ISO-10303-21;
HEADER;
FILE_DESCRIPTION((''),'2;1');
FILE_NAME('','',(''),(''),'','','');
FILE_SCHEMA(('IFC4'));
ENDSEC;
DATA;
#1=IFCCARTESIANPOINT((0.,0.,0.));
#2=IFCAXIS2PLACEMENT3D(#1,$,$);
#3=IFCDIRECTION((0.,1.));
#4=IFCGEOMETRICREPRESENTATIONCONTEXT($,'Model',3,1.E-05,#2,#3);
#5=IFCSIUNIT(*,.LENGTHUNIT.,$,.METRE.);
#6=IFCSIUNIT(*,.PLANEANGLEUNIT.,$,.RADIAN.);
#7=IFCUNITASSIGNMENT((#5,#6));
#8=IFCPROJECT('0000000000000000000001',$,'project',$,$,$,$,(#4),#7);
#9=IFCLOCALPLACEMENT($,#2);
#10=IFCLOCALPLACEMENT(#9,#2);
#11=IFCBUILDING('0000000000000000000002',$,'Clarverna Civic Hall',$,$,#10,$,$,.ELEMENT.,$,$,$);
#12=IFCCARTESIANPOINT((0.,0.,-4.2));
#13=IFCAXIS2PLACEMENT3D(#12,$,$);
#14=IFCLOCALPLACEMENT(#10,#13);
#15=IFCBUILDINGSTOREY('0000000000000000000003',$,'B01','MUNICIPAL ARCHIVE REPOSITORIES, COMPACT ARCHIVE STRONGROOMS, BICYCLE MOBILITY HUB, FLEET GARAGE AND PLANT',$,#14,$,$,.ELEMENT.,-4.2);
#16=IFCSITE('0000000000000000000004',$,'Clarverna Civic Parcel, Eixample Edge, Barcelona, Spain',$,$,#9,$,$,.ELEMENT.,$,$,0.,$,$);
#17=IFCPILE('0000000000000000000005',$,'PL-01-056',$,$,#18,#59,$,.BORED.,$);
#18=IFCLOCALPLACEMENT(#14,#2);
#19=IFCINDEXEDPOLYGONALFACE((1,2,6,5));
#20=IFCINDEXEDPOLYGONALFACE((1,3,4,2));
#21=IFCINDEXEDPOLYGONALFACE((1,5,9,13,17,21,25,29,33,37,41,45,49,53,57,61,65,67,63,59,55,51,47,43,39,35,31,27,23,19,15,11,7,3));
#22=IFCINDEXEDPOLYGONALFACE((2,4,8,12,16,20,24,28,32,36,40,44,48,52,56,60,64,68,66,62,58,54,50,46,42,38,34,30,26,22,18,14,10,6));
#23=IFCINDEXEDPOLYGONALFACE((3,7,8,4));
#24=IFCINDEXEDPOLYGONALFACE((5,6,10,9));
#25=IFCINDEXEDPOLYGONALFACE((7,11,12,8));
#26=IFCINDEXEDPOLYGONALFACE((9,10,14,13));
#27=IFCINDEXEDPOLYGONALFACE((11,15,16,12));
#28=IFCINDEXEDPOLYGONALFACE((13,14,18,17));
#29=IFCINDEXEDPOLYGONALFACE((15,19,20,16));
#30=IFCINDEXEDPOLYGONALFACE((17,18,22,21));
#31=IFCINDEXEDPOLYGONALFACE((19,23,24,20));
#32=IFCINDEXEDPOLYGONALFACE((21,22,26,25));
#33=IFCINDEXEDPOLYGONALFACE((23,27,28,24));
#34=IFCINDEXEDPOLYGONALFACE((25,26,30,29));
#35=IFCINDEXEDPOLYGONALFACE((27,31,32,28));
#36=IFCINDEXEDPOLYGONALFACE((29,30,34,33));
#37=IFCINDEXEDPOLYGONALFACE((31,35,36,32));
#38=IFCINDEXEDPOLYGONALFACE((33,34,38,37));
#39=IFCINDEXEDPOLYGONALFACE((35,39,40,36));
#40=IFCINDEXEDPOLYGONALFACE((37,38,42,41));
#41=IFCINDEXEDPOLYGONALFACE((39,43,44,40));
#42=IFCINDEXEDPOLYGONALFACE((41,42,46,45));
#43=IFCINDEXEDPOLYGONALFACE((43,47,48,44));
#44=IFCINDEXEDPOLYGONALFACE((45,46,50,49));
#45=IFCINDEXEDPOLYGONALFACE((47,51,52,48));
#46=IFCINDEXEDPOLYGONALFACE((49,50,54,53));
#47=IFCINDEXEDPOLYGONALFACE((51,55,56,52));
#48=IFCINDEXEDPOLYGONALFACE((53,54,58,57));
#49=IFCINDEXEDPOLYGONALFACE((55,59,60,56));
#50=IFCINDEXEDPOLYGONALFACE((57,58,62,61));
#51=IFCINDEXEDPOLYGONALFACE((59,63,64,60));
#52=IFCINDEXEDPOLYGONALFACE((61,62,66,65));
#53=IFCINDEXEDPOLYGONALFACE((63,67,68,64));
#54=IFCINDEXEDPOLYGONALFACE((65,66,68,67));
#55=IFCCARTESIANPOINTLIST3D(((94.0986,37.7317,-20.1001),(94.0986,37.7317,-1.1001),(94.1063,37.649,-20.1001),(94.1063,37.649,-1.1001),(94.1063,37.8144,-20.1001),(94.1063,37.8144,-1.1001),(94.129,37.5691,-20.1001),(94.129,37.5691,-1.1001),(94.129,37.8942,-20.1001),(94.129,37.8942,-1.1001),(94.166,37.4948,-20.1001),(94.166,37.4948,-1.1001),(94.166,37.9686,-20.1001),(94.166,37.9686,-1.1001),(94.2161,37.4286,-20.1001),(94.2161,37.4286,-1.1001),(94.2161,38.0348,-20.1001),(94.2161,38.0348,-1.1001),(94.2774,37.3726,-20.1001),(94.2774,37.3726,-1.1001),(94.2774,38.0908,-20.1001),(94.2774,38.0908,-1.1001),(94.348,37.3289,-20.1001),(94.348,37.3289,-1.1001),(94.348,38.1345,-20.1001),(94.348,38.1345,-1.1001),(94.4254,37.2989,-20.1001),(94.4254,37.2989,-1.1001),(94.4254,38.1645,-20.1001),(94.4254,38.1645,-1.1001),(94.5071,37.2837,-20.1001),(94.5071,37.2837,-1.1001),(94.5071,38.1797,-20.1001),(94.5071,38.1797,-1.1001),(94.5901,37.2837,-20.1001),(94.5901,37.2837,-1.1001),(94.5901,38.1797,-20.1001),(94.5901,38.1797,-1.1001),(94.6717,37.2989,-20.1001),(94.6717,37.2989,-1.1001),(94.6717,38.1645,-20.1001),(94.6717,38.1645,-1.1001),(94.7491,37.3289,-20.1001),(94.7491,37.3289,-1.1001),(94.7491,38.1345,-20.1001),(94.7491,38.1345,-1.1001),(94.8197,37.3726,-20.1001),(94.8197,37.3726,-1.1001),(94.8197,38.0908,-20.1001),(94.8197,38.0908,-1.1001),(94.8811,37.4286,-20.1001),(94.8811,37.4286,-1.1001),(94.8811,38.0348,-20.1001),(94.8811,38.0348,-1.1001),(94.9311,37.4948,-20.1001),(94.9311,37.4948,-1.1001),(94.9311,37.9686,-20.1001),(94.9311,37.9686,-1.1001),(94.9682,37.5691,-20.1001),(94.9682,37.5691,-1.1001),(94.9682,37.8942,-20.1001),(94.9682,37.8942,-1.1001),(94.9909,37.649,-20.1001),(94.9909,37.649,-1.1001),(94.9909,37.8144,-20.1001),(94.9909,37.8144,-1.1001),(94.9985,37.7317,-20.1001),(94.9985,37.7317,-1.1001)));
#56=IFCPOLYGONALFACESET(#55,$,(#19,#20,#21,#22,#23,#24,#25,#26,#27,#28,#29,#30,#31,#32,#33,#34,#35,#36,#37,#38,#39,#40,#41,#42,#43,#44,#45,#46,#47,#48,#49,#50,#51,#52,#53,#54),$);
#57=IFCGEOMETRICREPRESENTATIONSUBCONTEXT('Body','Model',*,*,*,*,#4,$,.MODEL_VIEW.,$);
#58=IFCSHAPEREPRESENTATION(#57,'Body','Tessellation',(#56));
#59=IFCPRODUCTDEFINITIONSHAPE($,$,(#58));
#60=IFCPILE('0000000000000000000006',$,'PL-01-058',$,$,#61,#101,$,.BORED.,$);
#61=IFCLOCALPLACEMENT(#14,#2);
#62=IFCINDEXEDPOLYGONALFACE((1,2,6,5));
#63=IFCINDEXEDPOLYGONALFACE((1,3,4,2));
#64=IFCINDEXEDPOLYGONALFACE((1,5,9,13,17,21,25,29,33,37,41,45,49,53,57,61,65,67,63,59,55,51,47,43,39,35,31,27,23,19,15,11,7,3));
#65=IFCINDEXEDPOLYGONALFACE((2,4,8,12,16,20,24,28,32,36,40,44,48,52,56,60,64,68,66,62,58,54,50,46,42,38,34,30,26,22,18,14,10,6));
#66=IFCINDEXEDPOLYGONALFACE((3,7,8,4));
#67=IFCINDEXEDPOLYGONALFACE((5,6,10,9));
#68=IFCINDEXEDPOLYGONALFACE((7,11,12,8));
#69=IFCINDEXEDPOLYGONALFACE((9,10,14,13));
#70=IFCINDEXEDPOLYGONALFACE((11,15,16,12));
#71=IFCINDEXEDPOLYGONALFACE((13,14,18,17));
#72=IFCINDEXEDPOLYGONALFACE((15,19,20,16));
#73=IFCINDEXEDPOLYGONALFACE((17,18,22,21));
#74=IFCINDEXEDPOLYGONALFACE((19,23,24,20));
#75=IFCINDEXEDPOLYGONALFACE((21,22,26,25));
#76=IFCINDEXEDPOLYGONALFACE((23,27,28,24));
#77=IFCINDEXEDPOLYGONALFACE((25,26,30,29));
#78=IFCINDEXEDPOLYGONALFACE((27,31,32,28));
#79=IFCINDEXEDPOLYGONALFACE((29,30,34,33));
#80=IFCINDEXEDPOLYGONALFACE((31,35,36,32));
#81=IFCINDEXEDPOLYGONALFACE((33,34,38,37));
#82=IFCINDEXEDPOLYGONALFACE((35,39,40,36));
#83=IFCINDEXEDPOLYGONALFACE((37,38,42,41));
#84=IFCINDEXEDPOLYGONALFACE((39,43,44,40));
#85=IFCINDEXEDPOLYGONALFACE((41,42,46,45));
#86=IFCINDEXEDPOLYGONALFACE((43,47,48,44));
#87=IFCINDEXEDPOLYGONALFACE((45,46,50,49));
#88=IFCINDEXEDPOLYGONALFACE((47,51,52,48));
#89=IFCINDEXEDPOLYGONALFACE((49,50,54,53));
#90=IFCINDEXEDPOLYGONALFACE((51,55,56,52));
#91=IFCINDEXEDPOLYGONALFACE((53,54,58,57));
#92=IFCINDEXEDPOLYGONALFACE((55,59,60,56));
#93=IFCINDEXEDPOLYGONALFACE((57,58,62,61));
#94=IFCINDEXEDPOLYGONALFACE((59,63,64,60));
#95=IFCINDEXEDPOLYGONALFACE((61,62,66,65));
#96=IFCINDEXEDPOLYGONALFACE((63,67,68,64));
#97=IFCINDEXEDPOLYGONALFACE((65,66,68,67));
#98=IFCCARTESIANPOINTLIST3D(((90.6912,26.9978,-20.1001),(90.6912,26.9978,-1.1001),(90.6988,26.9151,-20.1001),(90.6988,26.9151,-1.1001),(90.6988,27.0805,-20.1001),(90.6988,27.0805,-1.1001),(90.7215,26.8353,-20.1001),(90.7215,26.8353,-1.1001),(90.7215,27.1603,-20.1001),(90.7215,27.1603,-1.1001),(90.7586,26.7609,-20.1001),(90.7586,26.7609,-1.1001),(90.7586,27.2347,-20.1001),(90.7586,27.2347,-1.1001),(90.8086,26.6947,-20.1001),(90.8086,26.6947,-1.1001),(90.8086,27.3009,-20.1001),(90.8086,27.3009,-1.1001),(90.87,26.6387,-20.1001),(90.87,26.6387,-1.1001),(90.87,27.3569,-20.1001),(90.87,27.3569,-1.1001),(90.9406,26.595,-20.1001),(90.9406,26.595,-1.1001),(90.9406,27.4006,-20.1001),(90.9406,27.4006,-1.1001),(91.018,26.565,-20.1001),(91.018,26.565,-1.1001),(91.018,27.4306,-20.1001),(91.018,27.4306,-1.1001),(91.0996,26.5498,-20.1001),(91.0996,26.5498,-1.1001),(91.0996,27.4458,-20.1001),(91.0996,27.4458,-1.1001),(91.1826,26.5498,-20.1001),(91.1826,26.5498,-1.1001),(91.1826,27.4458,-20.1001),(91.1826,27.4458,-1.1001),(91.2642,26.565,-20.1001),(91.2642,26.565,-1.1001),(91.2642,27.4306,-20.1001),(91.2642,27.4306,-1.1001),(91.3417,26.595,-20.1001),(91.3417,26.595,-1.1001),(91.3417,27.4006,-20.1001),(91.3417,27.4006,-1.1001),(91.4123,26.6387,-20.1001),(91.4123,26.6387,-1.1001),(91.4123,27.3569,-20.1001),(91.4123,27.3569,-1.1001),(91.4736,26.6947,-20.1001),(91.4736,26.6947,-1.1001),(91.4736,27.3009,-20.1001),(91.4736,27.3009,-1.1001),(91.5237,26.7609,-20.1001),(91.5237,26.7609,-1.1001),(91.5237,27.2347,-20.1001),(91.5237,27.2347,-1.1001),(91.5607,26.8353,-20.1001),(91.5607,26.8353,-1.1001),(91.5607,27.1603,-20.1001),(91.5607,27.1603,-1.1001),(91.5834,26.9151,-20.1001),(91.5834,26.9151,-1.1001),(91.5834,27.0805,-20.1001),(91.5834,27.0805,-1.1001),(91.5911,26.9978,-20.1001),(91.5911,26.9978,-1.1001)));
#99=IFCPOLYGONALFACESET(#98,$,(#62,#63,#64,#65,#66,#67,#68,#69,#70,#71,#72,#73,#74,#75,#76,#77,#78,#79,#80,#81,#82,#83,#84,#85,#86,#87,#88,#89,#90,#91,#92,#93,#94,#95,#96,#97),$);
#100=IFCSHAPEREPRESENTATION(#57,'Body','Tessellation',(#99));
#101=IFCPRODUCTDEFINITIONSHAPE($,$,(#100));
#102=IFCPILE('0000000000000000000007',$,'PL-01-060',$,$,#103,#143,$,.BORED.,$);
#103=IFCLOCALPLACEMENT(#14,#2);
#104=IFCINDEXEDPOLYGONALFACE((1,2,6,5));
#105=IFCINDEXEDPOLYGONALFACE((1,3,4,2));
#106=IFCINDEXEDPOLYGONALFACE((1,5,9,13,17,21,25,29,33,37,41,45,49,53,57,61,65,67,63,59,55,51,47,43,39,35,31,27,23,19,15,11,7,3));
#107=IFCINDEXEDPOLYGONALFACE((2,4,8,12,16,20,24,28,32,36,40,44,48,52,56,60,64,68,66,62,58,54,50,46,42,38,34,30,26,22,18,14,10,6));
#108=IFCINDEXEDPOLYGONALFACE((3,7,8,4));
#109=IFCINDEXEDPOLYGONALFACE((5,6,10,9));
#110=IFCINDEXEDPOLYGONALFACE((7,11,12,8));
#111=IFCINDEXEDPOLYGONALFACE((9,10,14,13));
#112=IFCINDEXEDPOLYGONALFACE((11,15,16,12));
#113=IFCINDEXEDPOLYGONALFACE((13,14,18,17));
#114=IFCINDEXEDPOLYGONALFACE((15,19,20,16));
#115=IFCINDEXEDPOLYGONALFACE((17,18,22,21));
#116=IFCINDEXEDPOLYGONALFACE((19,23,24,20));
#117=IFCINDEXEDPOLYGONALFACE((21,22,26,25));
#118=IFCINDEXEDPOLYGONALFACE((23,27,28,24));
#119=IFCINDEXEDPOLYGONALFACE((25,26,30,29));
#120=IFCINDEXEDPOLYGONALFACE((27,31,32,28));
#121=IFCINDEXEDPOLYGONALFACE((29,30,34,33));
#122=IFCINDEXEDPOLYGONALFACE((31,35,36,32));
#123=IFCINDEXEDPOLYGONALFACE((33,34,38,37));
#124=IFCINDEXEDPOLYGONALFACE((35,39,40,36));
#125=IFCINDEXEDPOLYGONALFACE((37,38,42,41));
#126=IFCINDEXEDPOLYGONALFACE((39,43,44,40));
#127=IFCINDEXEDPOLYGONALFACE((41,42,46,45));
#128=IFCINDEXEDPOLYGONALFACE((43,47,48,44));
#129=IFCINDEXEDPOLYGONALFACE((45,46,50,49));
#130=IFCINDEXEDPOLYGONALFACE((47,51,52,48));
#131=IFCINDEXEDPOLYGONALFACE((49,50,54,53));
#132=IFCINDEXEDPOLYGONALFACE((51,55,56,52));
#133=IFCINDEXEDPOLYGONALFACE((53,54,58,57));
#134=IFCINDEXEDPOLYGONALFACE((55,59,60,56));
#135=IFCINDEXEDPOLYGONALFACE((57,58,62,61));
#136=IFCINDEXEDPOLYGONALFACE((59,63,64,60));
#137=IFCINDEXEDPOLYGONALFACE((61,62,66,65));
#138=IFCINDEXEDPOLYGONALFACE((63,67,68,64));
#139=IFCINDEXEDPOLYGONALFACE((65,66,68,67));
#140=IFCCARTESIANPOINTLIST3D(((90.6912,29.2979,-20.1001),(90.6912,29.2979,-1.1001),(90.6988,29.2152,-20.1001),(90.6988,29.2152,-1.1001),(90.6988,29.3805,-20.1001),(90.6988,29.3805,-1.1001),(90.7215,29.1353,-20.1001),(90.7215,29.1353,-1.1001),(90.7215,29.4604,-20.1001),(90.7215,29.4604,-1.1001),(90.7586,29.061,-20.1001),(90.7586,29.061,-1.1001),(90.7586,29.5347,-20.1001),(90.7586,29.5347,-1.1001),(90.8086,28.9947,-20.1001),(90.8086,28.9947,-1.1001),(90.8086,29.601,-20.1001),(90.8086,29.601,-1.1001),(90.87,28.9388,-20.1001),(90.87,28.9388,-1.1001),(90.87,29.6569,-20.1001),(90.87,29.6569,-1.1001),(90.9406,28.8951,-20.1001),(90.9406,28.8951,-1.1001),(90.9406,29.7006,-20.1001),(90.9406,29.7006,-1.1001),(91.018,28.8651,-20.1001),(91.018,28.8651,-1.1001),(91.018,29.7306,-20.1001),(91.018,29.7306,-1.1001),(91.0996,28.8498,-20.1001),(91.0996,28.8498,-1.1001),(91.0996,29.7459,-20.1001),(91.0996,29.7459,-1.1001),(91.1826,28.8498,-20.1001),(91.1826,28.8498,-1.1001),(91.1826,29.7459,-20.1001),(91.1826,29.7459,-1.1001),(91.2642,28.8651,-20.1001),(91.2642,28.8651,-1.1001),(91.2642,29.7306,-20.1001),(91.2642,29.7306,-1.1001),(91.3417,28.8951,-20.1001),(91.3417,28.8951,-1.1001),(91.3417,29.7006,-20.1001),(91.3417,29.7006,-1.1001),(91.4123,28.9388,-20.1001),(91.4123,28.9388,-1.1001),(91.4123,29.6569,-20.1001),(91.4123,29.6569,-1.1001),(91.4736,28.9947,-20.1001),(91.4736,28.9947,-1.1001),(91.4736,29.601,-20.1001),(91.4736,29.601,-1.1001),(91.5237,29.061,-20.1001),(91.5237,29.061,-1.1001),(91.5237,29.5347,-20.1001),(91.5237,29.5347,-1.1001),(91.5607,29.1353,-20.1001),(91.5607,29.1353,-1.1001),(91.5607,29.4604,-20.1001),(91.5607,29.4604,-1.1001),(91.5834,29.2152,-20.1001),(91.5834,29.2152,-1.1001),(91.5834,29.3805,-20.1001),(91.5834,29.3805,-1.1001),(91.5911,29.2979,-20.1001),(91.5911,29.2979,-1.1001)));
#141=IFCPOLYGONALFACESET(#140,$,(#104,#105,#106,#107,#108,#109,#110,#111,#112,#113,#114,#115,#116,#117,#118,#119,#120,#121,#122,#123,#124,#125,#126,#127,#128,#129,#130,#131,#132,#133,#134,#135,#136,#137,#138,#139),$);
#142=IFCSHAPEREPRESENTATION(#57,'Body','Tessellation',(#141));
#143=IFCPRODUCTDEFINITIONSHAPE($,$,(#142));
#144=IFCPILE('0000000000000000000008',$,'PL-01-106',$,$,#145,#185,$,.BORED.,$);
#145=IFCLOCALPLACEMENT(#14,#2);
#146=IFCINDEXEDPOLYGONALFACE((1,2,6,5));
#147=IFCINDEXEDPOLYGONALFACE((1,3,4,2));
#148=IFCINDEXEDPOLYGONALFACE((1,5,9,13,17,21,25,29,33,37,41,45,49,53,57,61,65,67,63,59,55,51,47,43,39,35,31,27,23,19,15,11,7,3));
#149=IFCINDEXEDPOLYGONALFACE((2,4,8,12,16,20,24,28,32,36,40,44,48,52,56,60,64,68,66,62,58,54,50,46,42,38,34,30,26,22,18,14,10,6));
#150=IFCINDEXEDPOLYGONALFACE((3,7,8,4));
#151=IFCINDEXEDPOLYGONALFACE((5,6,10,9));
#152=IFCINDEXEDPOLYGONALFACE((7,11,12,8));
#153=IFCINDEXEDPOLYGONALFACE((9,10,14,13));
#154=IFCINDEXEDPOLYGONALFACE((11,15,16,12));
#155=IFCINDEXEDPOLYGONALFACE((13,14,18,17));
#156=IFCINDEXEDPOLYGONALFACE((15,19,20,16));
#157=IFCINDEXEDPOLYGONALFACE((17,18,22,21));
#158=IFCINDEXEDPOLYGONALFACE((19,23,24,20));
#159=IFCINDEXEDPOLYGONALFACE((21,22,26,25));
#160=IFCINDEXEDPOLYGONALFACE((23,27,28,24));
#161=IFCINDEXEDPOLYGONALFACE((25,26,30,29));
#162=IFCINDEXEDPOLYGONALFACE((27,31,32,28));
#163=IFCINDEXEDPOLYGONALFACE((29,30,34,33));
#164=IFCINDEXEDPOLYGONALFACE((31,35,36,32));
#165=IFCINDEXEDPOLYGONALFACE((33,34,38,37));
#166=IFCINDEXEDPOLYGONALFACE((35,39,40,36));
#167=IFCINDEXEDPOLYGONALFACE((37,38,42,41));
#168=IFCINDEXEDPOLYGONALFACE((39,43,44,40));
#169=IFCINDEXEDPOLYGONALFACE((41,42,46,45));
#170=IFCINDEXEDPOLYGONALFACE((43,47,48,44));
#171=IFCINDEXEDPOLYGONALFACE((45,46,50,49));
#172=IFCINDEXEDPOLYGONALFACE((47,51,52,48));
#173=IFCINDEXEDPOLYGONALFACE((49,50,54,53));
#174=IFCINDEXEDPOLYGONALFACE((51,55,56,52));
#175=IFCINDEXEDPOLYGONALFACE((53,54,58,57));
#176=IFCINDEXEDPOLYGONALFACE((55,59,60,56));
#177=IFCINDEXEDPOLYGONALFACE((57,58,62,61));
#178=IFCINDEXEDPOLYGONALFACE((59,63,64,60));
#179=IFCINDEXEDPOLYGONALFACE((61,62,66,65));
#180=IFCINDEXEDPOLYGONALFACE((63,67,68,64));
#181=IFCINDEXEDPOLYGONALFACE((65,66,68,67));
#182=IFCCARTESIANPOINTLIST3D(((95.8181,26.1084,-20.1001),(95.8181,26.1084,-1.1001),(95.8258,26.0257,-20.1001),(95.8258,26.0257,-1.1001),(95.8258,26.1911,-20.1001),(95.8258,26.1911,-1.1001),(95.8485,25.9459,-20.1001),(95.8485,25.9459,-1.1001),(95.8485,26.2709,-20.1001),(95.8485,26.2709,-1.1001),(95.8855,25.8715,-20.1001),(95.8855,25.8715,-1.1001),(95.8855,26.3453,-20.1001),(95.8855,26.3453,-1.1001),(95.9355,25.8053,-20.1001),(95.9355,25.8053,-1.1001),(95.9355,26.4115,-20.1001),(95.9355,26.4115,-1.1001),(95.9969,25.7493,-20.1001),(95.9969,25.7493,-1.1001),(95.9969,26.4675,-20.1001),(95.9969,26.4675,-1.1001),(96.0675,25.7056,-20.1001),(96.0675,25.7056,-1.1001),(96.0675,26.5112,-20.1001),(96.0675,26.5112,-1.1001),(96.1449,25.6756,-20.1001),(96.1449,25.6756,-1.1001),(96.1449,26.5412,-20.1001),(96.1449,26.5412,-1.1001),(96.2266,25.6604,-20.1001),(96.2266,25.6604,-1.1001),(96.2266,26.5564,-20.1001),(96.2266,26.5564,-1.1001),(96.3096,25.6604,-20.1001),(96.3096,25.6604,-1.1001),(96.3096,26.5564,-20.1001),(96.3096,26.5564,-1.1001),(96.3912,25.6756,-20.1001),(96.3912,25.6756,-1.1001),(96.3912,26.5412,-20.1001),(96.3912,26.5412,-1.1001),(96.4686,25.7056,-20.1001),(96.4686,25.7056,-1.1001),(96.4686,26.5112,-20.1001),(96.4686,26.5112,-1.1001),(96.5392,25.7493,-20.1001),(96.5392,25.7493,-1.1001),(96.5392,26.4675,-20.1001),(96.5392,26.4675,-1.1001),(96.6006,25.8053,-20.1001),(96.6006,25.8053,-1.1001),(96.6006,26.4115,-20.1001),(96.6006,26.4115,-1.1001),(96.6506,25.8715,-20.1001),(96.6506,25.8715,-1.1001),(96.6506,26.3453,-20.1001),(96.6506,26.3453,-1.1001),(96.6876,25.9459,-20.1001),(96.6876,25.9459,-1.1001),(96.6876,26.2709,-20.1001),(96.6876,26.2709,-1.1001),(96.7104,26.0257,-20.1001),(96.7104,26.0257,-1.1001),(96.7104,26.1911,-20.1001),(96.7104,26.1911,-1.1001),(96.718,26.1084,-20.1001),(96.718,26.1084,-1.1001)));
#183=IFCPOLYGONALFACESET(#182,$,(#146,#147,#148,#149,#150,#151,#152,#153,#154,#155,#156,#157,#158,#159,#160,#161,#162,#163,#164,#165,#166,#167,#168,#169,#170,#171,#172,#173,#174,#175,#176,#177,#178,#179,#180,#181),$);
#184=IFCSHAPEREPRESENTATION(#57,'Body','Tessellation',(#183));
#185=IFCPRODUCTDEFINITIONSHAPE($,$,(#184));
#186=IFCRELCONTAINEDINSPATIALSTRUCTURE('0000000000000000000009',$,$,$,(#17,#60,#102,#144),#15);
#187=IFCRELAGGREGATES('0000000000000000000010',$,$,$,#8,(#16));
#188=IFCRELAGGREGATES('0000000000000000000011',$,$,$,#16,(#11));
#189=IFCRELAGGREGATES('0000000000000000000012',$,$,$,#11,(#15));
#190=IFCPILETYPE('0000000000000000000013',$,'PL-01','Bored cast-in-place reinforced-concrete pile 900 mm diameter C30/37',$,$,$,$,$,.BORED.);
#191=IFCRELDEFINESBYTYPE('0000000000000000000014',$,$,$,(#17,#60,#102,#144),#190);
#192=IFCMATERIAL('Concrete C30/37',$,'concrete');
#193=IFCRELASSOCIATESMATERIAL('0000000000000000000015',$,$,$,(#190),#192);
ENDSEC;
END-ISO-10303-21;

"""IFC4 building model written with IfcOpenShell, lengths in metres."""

from ifc_helpers import new_model, si_unit, direction, frame, origin, origin_2d, place, context, subcontext, project, spatial, circle, extrude, material, material_profile, profile_set, type_object, element, save


model = new_model("IFC4")

# Units and contexts
model_context = context("Model", 3, precision=1e-05, world=origin(), true_north=direction((0.0, 1.0)))
body_context = subcontext(model_context, "Body", "Model", "MODEL_VIEW")
ifc_project = project(units=[si_unit("LENGTHUNIT", "METRE"), si_unit("PLANEANGLEUNIT", "RADIAN")], contexts=[model_context])

# Site, building, storey
site_placement = place(None, origin())
site = spatial("IfcSite", under=ifc_project, at=site_placement, Name="Clarverna Civic Parcel, Eixample Edge, Barcelona, Spain", CompositionType="ELEMENT", RefElevation=0.0)
building_placement = place(site_placement, origin())
building = spatial("IfcBuilding", under=site, at=building_placement, Name="Clarverna Civic Hall", CompositionType="ELEMENT")
storey_placement = place(building_placement, frame((0.0, 0.0, -4.2)))
storey = spatial("IfcBuildingStorey", under=building, at=storey_placement, Name="B01", Description="MUNICIPAL ARCHIVE REPOSITORIES, COMPACT ARCHIVE STRONGROOMS, BICYCLE MOBILITY HUB, FLEET GARAGE AND PLANT", CompositionType="ELEMENT", Elevation=-4.2)

# Shared definitions
ifc_material_1 = material(Name="Concrete C30/37", Category="concrete")

# Piles
ifc_material_profile_1 = material_profile(ifc_material_1, circle(Radius=0.45, at=origin_2d()), Name="BORED PILE D900")
ifc_profile_set_1 = profile_set([ifc_material_profile_1], Name="Concrete C30/37")
pile_type = type_object("IfcPileType", Name="PL-01", Description="Bored cast-in-place reinforced-concrete pile 900 mm diameter C30/37", PredefinedType="BORED", material=ifc_profile_set_1)
for number, where, z_axis, x_axis, name in (
    (1, (94.5486, 37.7317, -1.1001), (0.0, 0.0, -1.0), (1.0, 0.0, 0.0), "PL-01-056"),
    (2, (91.1411, 26.9978, -1.1001), (0.0, 0.0, -1.0), (1.0, 0.0, 0.0), "PL-01-058"),
    (3, (91.1411, 29.2979, -1.1001), (0.0, 0.0, -1.0), (1.0, 0.0, 0.0), "PL-01-060"),
    (4, (96.2681, 26.1084, -1.1001), (0.0, 0.0, -1.0), (1.0, 0.0, 0.0), "PL-01-106"),
):
    element("IfcPile", number, at=place(storey_placement, frame(where, z_axis=z_axis, x_axis=x_axis)), inside=storey, type_object=pile_type, Name=name, PredefinedType="BORED", context=body_context, shape_type="SweptSolid", body=[
        extrude(circle(Radius=0.45, at=origin_2d()), origin(), (0.0, 0.0, 1.0), 19.0),
    ])

save(model, "model.ifc")
